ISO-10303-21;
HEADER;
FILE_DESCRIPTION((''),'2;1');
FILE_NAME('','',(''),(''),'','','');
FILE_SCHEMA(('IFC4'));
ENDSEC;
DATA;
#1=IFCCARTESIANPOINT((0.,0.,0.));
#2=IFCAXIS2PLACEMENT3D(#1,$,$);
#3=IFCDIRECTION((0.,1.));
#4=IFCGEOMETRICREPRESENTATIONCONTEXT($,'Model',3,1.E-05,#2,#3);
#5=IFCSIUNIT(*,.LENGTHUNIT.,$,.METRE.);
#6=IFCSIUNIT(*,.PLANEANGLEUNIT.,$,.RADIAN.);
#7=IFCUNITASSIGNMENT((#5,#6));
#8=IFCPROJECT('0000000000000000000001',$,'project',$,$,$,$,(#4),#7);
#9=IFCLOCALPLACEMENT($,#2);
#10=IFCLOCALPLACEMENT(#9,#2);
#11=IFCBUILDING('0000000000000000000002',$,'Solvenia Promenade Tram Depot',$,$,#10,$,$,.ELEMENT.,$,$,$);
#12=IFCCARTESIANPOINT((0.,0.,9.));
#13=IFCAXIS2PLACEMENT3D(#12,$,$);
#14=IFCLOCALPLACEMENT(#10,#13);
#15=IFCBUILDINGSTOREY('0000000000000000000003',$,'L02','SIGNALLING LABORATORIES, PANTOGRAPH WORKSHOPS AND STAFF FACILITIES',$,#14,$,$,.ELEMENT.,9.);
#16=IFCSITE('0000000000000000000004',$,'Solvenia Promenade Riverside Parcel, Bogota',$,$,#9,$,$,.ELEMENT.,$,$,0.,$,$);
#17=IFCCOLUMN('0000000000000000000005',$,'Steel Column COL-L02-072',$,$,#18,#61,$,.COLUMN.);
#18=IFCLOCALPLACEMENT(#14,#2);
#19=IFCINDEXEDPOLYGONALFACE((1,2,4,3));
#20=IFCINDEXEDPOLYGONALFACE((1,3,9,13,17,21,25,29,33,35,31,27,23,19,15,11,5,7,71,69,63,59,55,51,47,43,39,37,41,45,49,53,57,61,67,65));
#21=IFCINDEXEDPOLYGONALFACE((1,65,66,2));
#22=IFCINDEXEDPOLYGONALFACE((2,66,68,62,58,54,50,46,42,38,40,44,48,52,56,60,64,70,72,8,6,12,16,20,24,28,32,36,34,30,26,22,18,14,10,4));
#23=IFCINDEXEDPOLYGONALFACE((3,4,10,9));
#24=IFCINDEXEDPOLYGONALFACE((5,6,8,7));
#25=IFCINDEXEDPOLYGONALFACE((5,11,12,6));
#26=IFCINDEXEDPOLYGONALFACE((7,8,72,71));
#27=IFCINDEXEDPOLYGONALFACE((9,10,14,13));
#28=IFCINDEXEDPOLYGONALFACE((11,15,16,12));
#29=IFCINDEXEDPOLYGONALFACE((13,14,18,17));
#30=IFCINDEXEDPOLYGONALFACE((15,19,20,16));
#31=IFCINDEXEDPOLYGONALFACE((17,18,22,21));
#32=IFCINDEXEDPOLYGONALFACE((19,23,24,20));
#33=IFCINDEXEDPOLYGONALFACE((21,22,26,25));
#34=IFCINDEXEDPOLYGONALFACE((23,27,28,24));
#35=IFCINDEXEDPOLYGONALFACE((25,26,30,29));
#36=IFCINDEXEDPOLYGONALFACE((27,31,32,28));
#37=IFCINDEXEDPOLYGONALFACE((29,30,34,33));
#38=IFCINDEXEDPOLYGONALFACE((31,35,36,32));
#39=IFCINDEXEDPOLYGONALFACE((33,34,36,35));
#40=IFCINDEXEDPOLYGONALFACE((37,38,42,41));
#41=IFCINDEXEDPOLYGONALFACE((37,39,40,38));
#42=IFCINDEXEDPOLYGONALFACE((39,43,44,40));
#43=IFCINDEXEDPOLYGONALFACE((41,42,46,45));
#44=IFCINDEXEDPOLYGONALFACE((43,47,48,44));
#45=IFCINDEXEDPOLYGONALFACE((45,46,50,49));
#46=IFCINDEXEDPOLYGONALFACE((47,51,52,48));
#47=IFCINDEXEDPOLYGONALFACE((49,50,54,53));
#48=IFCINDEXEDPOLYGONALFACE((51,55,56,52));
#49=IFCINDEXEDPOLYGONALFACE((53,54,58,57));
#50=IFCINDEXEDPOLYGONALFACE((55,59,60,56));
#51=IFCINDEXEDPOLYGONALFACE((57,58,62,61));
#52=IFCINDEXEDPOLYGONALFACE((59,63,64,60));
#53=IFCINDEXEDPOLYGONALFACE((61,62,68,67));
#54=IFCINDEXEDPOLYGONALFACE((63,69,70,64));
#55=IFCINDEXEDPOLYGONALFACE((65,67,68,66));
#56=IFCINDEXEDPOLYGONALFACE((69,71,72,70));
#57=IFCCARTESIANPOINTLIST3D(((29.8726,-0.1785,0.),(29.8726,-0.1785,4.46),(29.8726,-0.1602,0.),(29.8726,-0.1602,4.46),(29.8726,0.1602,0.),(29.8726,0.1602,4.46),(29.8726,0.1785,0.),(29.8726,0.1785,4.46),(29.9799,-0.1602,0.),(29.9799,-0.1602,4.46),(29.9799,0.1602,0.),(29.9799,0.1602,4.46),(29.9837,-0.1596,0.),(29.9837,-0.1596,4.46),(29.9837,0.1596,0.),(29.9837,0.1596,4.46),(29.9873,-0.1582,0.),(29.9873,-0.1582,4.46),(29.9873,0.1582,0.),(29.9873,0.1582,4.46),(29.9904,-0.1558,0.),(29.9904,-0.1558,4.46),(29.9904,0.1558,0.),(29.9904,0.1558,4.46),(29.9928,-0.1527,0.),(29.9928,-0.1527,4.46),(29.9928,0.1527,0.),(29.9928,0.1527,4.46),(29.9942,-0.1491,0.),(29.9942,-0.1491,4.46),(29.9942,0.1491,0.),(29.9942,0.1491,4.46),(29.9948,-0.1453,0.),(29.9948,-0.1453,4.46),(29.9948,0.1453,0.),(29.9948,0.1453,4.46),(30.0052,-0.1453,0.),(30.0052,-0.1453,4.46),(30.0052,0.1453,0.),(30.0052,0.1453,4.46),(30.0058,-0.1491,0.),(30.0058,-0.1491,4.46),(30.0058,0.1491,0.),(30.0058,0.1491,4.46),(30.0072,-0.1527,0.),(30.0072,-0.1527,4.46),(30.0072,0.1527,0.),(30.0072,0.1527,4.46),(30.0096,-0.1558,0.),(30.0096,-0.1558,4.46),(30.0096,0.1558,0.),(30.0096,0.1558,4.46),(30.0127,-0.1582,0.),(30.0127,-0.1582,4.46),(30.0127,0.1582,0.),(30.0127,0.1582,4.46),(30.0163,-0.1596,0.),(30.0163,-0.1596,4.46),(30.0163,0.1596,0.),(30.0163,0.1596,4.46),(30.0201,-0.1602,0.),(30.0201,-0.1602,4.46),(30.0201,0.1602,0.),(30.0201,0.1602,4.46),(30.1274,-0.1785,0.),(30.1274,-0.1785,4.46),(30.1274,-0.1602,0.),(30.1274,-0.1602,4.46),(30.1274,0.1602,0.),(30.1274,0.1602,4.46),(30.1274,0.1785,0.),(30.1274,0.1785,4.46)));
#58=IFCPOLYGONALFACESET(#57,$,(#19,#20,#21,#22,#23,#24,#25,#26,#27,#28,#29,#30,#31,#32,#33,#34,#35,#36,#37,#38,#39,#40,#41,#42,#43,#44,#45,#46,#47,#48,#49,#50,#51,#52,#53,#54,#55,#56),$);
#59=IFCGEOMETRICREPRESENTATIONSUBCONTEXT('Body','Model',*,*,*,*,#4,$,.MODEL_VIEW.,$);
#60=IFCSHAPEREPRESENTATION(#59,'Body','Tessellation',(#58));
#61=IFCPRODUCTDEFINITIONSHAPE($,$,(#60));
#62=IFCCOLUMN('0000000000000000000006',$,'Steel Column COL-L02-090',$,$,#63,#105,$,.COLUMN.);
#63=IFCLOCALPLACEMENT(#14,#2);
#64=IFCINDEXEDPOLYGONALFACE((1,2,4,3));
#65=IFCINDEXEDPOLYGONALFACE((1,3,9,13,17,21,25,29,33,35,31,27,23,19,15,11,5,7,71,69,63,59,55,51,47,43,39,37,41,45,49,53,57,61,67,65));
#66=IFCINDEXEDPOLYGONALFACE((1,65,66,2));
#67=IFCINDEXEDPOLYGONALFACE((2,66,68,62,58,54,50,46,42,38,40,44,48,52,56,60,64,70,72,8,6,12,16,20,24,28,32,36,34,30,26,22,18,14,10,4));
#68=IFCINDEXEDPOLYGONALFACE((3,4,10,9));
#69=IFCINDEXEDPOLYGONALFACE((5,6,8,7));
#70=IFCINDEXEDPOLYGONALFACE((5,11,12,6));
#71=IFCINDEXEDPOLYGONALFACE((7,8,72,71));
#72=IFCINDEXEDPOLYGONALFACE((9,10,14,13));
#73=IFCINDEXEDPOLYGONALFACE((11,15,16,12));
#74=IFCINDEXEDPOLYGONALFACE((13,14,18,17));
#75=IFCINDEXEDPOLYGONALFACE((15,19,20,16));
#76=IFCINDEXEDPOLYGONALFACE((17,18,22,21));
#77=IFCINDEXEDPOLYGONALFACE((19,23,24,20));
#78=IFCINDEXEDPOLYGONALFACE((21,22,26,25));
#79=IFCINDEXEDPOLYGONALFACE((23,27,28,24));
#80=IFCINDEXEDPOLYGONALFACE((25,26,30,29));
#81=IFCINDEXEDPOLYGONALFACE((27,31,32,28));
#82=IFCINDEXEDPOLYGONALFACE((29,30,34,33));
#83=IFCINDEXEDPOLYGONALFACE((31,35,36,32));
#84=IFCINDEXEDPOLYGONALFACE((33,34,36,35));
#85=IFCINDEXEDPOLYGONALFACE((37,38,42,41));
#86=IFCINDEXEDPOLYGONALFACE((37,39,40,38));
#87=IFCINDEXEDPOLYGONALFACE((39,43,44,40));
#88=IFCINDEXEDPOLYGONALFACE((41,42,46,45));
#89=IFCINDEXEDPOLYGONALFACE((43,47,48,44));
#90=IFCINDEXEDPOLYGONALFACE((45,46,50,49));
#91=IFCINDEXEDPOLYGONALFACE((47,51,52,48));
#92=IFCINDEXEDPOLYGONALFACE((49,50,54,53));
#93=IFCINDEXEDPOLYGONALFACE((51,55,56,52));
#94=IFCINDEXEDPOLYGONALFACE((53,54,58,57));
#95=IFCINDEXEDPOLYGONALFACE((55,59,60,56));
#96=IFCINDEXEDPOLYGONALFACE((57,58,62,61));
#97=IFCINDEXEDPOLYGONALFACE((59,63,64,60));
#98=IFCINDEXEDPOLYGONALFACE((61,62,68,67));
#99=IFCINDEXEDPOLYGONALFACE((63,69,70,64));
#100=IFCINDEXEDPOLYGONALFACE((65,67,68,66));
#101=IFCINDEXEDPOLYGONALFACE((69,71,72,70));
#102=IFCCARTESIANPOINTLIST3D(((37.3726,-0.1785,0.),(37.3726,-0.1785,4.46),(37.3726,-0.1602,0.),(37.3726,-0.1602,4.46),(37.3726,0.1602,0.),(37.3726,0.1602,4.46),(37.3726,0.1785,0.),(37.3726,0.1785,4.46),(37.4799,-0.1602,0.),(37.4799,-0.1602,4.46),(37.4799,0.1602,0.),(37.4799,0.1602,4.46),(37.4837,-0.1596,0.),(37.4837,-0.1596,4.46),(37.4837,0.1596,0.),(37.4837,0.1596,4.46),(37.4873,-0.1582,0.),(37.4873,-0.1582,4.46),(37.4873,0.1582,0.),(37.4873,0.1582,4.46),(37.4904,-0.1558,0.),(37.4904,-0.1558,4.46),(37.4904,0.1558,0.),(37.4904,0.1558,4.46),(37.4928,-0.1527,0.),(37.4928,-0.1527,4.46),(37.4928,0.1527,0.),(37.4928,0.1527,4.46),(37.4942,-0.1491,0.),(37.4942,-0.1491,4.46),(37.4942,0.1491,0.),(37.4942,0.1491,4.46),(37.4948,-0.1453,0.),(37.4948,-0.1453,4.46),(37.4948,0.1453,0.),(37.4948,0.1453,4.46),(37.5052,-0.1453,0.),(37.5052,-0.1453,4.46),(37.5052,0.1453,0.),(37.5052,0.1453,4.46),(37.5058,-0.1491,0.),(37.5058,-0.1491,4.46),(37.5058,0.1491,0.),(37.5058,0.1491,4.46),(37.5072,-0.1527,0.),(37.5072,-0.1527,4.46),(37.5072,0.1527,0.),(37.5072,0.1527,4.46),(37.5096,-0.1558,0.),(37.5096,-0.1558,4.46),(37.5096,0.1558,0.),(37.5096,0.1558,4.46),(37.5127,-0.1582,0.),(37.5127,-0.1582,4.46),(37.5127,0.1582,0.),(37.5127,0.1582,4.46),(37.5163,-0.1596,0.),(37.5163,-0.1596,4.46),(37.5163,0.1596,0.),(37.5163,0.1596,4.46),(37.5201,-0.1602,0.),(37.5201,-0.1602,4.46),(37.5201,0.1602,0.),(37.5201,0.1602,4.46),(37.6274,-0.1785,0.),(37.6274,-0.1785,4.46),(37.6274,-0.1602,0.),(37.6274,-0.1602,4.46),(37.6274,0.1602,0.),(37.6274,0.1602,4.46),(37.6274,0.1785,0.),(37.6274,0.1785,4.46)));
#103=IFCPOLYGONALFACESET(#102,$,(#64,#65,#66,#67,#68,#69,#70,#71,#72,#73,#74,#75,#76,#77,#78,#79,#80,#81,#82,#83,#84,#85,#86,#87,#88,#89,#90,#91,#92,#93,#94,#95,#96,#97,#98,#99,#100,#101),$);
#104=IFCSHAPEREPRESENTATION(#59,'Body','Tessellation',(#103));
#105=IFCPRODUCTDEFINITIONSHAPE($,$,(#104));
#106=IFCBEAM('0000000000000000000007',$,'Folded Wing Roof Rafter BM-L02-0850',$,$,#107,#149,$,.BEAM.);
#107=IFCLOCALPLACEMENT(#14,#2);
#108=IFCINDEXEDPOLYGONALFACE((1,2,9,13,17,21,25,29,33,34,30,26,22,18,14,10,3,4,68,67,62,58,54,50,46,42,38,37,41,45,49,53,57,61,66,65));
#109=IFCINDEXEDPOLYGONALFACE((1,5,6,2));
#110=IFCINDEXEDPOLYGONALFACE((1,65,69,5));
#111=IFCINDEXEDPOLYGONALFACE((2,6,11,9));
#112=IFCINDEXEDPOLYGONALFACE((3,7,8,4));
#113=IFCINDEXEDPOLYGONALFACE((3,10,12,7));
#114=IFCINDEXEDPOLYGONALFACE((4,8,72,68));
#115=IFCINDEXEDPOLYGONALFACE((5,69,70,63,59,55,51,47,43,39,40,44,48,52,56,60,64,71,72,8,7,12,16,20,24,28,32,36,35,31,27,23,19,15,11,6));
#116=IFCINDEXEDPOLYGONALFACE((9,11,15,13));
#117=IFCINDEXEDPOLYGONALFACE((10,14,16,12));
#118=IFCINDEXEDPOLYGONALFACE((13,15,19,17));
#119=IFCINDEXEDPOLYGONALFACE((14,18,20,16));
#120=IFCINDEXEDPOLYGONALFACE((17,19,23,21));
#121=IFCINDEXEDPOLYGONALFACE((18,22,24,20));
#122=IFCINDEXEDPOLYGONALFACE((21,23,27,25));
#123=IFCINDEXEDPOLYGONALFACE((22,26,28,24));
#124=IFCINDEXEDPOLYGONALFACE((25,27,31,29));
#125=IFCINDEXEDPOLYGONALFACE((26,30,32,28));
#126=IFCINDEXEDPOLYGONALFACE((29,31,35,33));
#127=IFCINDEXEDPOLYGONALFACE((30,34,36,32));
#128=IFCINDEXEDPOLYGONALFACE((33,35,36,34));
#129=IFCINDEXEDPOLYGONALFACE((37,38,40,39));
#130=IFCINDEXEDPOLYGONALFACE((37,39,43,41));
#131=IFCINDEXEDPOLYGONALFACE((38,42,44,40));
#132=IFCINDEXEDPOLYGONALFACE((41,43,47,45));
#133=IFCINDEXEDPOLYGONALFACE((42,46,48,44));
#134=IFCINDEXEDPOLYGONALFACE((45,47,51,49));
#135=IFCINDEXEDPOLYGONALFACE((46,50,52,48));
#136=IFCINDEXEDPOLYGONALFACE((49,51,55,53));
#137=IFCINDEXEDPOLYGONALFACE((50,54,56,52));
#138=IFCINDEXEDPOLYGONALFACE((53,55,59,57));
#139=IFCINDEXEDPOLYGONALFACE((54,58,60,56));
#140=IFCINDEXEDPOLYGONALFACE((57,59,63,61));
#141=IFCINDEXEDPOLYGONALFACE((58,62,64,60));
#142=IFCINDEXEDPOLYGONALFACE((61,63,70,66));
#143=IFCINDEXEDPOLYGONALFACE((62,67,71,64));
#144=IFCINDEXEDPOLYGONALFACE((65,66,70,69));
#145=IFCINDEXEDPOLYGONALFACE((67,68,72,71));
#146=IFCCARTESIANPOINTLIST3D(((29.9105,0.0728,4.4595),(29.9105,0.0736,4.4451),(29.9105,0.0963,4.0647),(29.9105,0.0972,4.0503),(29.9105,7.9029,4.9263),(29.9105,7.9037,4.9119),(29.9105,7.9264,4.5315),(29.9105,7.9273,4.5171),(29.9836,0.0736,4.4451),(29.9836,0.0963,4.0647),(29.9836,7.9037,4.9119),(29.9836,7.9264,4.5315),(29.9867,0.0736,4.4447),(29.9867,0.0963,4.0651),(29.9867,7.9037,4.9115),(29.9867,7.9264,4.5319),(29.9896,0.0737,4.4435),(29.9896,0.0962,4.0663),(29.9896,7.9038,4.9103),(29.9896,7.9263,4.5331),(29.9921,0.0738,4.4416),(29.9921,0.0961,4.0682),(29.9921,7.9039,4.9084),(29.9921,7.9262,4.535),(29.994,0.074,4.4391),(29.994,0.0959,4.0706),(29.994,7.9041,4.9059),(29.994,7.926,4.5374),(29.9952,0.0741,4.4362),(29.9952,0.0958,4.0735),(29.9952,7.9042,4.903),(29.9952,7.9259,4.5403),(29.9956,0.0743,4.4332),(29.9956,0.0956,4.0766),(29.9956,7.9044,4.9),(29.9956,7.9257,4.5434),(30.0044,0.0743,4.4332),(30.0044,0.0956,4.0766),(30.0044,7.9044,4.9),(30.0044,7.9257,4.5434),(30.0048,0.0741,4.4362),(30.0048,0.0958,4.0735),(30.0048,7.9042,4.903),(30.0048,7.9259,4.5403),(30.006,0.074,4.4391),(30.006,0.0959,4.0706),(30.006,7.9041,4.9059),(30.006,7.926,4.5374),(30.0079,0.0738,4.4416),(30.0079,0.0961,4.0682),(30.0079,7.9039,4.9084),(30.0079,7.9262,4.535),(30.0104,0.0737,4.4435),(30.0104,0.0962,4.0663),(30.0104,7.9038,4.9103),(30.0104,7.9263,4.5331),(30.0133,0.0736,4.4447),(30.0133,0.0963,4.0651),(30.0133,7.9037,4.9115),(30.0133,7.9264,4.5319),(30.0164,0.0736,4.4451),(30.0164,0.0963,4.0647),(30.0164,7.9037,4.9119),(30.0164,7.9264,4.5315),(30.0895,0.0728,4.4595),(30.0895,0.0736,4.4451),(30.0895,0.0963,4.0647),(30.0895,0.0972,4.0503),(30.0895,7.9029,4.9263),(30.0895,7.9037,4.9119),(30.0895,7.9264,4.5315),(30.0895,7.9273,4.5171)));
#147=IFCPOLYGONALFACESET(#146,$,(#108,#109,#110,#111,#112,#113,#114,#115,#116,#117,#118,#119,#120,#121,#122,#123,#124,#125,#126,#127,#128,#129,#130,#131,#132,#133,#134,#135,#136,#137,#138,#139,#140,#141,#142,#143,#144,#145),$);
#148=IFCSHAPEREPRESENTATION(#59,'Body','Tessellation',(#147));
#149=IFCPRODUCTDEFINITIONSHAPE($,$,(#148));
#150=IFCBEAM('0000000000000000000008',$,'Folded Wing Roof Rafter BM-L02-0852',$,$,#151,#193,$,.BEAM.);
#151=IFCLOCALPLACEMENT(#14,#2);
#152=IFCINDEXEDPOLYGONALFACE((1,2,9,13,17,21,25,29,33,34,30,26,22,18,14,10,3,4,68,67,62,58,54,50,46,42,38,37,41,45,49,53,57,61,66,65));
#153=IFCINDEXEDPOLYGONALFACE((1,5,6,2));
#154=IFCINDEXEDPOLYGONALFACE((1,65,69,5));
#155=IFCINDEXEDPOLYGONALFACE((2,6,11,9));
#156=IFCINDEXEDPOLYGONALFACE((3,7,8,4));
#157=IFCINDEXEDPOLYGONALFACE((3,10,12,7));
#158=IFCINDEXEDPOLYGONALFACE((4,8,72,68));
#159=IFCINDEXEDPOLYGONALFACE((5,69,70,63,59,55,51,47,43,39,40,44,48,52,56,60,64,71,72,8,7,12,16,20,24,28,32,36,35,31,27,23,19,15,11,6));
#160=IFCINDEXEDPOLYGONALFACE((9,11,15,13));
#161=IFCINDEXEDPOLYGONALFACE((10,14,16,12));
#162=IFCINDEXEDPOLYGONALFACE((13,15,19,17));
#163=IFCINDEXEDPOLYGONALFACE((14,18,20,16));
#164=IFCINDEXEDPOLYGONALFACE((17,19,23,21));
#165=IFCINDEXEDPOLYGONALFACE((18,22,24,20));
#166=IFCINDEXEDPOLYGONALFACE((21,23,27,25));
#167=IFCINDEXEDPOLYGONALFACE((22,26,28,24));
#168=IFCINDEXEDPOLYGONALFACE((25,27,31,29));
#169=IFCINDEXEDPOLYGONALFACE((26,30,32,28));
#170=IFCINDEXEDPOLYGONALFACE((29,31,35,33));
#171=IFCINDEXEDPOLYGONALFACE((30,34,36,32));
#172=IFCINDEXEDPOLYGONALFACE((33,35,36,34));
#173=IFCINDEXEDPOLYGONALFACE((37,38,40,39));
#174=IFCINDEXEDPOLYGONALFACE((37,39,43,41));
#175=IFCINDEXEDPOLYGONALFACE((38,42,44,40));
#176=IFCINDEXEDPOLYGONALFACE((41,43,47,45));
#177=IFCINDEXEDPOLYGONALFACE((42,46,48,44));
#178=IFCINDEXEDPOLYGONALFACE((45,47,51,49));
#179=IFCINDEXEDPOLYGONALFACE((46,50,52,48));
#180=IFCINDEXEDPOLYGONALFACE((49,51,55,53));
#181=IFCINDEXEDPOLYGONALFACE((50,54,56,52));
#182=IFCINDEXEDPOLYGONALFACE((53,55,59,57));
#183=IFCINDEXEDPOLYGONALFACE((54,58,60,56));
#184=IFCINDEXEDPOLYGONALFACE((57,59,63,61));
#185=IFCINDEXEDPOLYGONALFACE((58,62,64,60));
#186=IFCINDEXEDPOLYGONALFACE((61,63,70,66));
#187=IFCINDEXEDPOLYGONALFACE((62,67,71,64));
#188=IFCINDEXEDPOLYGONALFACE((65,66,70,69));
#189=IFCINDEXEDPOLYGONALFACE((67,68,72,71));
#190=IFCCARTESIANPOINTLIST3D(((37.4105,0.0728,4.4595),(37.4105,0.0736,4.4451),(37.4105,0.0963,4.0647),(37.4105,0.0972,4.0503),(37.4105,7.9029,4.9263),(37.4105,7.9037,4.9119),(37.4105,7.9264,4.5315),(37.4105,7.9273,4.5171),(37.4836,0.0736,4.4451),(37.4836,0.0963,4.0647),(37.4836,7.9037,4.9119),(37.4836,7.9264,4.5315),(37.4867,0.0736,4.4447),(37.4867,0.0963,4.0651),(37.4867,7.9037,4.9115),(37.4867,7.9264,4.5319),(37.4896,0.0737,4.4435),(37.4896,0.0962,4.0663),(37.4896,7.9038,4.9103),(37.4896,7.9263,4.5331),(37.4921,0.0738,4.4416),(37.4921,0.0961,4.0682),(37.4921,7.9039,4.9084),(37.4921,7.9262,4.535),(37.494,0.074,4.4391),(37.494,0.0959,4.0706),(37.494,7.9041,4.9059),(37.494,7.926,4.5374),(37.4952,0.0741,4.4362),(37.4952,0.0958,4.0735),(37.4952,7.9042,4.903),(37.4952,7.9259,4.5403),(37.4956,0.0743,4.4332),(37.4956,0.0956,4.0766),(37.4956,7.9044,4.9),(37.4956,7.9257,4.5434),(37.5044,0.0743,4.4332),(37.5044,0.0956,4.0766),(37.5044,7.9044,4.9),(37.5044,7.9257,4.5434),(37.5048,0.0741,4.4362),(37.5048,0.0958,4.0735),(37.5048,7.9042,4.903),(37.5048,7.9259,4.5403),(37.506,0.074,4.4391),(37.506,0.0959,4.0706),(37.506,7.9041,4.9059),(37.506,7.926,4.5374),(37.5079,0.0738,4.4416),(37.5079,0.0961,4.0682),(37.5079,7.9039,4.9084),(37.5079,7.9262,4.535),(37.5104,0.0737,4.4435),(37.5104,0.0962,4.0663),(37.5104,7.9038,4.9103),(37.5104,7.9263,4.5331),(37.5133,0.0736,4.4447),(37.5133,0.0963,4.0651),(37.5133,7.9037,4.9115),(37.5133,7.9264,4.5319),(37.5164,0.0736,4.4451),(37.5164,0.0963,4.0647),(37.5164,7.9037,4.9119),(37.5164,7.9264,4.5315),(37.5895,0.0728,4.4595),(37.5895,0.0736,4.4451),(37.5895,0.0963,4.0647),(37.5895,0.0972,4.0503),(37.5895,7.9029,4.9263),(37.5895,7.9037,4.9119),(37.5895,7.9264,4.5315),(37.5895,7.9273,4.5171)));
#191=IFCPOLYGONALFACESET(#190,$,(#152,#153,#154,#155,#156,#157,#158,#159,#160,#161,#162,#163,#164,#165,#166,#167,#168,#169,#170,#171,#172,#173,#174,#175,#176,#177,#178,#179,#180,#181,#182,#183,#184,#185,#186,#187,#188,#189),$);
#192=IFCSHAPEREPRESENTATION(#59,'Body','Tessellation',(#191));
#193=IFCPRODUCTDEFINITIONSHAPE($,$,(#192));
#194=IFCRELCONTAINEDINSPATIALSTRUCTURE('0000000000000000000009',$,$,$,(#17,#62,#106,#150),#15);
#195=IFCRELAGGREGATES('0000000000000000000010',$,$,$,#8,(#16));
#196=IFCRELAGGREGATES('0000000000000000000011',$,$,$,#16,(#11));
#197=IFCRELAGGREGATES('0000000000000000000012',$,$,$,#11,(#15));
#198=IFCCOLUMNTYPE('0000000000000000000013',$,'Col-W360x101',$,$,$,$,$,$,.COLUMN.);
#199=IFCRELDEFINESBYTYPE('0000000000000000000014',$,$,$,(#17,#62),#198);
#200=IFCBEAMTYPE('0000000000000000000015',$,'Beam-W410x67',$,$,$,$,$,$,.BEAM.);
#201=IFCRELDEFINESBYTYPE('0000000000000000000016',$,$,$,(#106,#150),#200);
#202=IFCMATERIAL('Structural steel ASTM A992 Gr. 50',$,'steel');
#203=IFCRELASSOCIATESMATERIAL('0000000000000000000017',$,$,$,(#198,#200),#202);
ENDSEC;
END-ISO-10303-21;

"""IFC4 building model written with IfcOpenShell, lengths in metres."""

from ifc_helpers import new_model, si_unit, direction, frame, origin, origin_2d, place, context, subcontext, project, spatial, i_section, extrude, material, material_profile, profile_set, type_object, element, save


model = new_model("IFC4")

# Units and contexts
model_context = context("Model", 3, precision=1e-05, world=origin(), true_north=direction((0.0, 1.0)))
body_context = subcontext(model_context, "Body", "Model", "MODEL_VIEW")
ifc_project = project(units=[si_unit("LENGTHUNIT", "METRE"), si_unit("PLANEANGLEUNIT", "RADIAN")], contexts=[model_context])

# Site, building, storey
site_placement = place(None, origin())
site = spatial("IfcSite", under=ifc_project, at=site_placement, Name="Solvenia Promenade Riverside Parcel, Bogota", CompositionType="ELEMENT", RefElevation=0.0)
building_placement = place(site_placement, origin())
building = spatial("IfcBuilding", under=site, at=building_placement, Name="Solvenia Promenade Tram Depot", CompositionType="ELEMENT")
storey_placement = place(building_placement, frame((0.0, 0.0, 9.0)))
storey = spatial("IfcBuildingStorey", under=building, at=storey_placement, Name="L02", Description="SIGNALLING LABORATORIES, PANTOGRAPH WORKSHOPS AND STAFF FACILITIES", CompositionType="ELEMENT", Elevation=9.0)

# Columns
ifc_material_1 = material(Name="Structural steel ASTM A992 Gr. 50", Category="steel")
ifc_material_profile_1 = material_profile(ifc_material_1, i_section(OverallWidth=0.2549, OverallDepth=0.3569, WebThickness=0.0105, FlangeThickness=0.0183, FilletRadius=0.0149, at=origin_2d()), Name="W360x101", Category="steel")
ifc_profile_set_1 = profile_set([ifc_material_profile_1], Name="Structural steel ASTM A992 Gr. 50")
column_type = type_object("IfcColumnType", Name="Col-W360x101", PredefinedType="COLUMN", material=ifc_profile_set_1)
for number, where, z_axis, x_axis, name in (
    (1, (30.0, 0.0, 0.0), (0.0, 0.0, 1.0), (1.0, 0.0, 0.0), "Steel Column COL-L02-072"),
    (2, (37.5, 0.0, 0.0), (0.0, 0.0, 1.0), (1.0, 0.0, 0.0), "Steel Column COL-L02-090"),
):
    element("IfcColumn", number, at=place(storey_placement, frame(where, z_axis=z_axis, x_axis=x_axis)), inside=storey, type_object=column_type, Name=name, PredefinedType="COLUMN", context=body_context, shape_type="SweptSolid", body=[
        extrude(i_section(OverallWidth=0.2549, OverallDepth=0.3569, WebThickness=0.0105, FlangeThickness=0.0183, FilletRadius=0.0149, at=origin_2d()), origin(), (0.0, 0.0, 1.0), 4.46),
    ])

# Beams
ifc_material_profile_2 = material_profile(ifc_material_1, i_section(OverallWidth=0.179, OverallDepth=0.4099, WebThickness=0.0088, FlangeThickness=0.0144, FilletRadius=0.012, at=origin_2d()), Name="W410x67", Category="steel")
ifc_profile_set_2 = profile_set([ifc_material_profile_2], Name="Structural steel ASTM A992 Gr. 50")
beam_type_1 = type_object("IfcBeamType", Name="Beam-W410x67", PredefinedType="BEAM", material=ifc_profile_set_2)
for number, where, z_axis, x_axis, name in (
    (3, (30.0, 0.085, 4.2549), (0.0, 0.998228, 0.05951), (-1.0, 0.0, 0.0), "Folded Wing Roof Rafter BM-L02-0850"),
    (4, (37.5, 0.085, 4.2549), (0.0, 0.998228, 0.05951), (-1.0, 0.0, 0.0), "Folded Wing Roof Rafter BM-L02-0852"),
):
    element("IfcBeam", number, at=place(storey_placement, frame(where, z_axis=z_axis, x_axis=x_axis)), inside=storey, type_object=beam_type_1, Name=name, PredefinedType="BEAM", context=body_context, shape_type="SweptSolid", body=[
        extrude(i_section(OverallWidth=0.179, OverallDepth=0.4099, WebThickness=0.0088, FlangeThickness=0.0144, FilletRadius=0.012, at=origin_2d()), origin(), (0.0, 0.0, 1.0), 7.844),
    ])

save(model, "model.ifc")
